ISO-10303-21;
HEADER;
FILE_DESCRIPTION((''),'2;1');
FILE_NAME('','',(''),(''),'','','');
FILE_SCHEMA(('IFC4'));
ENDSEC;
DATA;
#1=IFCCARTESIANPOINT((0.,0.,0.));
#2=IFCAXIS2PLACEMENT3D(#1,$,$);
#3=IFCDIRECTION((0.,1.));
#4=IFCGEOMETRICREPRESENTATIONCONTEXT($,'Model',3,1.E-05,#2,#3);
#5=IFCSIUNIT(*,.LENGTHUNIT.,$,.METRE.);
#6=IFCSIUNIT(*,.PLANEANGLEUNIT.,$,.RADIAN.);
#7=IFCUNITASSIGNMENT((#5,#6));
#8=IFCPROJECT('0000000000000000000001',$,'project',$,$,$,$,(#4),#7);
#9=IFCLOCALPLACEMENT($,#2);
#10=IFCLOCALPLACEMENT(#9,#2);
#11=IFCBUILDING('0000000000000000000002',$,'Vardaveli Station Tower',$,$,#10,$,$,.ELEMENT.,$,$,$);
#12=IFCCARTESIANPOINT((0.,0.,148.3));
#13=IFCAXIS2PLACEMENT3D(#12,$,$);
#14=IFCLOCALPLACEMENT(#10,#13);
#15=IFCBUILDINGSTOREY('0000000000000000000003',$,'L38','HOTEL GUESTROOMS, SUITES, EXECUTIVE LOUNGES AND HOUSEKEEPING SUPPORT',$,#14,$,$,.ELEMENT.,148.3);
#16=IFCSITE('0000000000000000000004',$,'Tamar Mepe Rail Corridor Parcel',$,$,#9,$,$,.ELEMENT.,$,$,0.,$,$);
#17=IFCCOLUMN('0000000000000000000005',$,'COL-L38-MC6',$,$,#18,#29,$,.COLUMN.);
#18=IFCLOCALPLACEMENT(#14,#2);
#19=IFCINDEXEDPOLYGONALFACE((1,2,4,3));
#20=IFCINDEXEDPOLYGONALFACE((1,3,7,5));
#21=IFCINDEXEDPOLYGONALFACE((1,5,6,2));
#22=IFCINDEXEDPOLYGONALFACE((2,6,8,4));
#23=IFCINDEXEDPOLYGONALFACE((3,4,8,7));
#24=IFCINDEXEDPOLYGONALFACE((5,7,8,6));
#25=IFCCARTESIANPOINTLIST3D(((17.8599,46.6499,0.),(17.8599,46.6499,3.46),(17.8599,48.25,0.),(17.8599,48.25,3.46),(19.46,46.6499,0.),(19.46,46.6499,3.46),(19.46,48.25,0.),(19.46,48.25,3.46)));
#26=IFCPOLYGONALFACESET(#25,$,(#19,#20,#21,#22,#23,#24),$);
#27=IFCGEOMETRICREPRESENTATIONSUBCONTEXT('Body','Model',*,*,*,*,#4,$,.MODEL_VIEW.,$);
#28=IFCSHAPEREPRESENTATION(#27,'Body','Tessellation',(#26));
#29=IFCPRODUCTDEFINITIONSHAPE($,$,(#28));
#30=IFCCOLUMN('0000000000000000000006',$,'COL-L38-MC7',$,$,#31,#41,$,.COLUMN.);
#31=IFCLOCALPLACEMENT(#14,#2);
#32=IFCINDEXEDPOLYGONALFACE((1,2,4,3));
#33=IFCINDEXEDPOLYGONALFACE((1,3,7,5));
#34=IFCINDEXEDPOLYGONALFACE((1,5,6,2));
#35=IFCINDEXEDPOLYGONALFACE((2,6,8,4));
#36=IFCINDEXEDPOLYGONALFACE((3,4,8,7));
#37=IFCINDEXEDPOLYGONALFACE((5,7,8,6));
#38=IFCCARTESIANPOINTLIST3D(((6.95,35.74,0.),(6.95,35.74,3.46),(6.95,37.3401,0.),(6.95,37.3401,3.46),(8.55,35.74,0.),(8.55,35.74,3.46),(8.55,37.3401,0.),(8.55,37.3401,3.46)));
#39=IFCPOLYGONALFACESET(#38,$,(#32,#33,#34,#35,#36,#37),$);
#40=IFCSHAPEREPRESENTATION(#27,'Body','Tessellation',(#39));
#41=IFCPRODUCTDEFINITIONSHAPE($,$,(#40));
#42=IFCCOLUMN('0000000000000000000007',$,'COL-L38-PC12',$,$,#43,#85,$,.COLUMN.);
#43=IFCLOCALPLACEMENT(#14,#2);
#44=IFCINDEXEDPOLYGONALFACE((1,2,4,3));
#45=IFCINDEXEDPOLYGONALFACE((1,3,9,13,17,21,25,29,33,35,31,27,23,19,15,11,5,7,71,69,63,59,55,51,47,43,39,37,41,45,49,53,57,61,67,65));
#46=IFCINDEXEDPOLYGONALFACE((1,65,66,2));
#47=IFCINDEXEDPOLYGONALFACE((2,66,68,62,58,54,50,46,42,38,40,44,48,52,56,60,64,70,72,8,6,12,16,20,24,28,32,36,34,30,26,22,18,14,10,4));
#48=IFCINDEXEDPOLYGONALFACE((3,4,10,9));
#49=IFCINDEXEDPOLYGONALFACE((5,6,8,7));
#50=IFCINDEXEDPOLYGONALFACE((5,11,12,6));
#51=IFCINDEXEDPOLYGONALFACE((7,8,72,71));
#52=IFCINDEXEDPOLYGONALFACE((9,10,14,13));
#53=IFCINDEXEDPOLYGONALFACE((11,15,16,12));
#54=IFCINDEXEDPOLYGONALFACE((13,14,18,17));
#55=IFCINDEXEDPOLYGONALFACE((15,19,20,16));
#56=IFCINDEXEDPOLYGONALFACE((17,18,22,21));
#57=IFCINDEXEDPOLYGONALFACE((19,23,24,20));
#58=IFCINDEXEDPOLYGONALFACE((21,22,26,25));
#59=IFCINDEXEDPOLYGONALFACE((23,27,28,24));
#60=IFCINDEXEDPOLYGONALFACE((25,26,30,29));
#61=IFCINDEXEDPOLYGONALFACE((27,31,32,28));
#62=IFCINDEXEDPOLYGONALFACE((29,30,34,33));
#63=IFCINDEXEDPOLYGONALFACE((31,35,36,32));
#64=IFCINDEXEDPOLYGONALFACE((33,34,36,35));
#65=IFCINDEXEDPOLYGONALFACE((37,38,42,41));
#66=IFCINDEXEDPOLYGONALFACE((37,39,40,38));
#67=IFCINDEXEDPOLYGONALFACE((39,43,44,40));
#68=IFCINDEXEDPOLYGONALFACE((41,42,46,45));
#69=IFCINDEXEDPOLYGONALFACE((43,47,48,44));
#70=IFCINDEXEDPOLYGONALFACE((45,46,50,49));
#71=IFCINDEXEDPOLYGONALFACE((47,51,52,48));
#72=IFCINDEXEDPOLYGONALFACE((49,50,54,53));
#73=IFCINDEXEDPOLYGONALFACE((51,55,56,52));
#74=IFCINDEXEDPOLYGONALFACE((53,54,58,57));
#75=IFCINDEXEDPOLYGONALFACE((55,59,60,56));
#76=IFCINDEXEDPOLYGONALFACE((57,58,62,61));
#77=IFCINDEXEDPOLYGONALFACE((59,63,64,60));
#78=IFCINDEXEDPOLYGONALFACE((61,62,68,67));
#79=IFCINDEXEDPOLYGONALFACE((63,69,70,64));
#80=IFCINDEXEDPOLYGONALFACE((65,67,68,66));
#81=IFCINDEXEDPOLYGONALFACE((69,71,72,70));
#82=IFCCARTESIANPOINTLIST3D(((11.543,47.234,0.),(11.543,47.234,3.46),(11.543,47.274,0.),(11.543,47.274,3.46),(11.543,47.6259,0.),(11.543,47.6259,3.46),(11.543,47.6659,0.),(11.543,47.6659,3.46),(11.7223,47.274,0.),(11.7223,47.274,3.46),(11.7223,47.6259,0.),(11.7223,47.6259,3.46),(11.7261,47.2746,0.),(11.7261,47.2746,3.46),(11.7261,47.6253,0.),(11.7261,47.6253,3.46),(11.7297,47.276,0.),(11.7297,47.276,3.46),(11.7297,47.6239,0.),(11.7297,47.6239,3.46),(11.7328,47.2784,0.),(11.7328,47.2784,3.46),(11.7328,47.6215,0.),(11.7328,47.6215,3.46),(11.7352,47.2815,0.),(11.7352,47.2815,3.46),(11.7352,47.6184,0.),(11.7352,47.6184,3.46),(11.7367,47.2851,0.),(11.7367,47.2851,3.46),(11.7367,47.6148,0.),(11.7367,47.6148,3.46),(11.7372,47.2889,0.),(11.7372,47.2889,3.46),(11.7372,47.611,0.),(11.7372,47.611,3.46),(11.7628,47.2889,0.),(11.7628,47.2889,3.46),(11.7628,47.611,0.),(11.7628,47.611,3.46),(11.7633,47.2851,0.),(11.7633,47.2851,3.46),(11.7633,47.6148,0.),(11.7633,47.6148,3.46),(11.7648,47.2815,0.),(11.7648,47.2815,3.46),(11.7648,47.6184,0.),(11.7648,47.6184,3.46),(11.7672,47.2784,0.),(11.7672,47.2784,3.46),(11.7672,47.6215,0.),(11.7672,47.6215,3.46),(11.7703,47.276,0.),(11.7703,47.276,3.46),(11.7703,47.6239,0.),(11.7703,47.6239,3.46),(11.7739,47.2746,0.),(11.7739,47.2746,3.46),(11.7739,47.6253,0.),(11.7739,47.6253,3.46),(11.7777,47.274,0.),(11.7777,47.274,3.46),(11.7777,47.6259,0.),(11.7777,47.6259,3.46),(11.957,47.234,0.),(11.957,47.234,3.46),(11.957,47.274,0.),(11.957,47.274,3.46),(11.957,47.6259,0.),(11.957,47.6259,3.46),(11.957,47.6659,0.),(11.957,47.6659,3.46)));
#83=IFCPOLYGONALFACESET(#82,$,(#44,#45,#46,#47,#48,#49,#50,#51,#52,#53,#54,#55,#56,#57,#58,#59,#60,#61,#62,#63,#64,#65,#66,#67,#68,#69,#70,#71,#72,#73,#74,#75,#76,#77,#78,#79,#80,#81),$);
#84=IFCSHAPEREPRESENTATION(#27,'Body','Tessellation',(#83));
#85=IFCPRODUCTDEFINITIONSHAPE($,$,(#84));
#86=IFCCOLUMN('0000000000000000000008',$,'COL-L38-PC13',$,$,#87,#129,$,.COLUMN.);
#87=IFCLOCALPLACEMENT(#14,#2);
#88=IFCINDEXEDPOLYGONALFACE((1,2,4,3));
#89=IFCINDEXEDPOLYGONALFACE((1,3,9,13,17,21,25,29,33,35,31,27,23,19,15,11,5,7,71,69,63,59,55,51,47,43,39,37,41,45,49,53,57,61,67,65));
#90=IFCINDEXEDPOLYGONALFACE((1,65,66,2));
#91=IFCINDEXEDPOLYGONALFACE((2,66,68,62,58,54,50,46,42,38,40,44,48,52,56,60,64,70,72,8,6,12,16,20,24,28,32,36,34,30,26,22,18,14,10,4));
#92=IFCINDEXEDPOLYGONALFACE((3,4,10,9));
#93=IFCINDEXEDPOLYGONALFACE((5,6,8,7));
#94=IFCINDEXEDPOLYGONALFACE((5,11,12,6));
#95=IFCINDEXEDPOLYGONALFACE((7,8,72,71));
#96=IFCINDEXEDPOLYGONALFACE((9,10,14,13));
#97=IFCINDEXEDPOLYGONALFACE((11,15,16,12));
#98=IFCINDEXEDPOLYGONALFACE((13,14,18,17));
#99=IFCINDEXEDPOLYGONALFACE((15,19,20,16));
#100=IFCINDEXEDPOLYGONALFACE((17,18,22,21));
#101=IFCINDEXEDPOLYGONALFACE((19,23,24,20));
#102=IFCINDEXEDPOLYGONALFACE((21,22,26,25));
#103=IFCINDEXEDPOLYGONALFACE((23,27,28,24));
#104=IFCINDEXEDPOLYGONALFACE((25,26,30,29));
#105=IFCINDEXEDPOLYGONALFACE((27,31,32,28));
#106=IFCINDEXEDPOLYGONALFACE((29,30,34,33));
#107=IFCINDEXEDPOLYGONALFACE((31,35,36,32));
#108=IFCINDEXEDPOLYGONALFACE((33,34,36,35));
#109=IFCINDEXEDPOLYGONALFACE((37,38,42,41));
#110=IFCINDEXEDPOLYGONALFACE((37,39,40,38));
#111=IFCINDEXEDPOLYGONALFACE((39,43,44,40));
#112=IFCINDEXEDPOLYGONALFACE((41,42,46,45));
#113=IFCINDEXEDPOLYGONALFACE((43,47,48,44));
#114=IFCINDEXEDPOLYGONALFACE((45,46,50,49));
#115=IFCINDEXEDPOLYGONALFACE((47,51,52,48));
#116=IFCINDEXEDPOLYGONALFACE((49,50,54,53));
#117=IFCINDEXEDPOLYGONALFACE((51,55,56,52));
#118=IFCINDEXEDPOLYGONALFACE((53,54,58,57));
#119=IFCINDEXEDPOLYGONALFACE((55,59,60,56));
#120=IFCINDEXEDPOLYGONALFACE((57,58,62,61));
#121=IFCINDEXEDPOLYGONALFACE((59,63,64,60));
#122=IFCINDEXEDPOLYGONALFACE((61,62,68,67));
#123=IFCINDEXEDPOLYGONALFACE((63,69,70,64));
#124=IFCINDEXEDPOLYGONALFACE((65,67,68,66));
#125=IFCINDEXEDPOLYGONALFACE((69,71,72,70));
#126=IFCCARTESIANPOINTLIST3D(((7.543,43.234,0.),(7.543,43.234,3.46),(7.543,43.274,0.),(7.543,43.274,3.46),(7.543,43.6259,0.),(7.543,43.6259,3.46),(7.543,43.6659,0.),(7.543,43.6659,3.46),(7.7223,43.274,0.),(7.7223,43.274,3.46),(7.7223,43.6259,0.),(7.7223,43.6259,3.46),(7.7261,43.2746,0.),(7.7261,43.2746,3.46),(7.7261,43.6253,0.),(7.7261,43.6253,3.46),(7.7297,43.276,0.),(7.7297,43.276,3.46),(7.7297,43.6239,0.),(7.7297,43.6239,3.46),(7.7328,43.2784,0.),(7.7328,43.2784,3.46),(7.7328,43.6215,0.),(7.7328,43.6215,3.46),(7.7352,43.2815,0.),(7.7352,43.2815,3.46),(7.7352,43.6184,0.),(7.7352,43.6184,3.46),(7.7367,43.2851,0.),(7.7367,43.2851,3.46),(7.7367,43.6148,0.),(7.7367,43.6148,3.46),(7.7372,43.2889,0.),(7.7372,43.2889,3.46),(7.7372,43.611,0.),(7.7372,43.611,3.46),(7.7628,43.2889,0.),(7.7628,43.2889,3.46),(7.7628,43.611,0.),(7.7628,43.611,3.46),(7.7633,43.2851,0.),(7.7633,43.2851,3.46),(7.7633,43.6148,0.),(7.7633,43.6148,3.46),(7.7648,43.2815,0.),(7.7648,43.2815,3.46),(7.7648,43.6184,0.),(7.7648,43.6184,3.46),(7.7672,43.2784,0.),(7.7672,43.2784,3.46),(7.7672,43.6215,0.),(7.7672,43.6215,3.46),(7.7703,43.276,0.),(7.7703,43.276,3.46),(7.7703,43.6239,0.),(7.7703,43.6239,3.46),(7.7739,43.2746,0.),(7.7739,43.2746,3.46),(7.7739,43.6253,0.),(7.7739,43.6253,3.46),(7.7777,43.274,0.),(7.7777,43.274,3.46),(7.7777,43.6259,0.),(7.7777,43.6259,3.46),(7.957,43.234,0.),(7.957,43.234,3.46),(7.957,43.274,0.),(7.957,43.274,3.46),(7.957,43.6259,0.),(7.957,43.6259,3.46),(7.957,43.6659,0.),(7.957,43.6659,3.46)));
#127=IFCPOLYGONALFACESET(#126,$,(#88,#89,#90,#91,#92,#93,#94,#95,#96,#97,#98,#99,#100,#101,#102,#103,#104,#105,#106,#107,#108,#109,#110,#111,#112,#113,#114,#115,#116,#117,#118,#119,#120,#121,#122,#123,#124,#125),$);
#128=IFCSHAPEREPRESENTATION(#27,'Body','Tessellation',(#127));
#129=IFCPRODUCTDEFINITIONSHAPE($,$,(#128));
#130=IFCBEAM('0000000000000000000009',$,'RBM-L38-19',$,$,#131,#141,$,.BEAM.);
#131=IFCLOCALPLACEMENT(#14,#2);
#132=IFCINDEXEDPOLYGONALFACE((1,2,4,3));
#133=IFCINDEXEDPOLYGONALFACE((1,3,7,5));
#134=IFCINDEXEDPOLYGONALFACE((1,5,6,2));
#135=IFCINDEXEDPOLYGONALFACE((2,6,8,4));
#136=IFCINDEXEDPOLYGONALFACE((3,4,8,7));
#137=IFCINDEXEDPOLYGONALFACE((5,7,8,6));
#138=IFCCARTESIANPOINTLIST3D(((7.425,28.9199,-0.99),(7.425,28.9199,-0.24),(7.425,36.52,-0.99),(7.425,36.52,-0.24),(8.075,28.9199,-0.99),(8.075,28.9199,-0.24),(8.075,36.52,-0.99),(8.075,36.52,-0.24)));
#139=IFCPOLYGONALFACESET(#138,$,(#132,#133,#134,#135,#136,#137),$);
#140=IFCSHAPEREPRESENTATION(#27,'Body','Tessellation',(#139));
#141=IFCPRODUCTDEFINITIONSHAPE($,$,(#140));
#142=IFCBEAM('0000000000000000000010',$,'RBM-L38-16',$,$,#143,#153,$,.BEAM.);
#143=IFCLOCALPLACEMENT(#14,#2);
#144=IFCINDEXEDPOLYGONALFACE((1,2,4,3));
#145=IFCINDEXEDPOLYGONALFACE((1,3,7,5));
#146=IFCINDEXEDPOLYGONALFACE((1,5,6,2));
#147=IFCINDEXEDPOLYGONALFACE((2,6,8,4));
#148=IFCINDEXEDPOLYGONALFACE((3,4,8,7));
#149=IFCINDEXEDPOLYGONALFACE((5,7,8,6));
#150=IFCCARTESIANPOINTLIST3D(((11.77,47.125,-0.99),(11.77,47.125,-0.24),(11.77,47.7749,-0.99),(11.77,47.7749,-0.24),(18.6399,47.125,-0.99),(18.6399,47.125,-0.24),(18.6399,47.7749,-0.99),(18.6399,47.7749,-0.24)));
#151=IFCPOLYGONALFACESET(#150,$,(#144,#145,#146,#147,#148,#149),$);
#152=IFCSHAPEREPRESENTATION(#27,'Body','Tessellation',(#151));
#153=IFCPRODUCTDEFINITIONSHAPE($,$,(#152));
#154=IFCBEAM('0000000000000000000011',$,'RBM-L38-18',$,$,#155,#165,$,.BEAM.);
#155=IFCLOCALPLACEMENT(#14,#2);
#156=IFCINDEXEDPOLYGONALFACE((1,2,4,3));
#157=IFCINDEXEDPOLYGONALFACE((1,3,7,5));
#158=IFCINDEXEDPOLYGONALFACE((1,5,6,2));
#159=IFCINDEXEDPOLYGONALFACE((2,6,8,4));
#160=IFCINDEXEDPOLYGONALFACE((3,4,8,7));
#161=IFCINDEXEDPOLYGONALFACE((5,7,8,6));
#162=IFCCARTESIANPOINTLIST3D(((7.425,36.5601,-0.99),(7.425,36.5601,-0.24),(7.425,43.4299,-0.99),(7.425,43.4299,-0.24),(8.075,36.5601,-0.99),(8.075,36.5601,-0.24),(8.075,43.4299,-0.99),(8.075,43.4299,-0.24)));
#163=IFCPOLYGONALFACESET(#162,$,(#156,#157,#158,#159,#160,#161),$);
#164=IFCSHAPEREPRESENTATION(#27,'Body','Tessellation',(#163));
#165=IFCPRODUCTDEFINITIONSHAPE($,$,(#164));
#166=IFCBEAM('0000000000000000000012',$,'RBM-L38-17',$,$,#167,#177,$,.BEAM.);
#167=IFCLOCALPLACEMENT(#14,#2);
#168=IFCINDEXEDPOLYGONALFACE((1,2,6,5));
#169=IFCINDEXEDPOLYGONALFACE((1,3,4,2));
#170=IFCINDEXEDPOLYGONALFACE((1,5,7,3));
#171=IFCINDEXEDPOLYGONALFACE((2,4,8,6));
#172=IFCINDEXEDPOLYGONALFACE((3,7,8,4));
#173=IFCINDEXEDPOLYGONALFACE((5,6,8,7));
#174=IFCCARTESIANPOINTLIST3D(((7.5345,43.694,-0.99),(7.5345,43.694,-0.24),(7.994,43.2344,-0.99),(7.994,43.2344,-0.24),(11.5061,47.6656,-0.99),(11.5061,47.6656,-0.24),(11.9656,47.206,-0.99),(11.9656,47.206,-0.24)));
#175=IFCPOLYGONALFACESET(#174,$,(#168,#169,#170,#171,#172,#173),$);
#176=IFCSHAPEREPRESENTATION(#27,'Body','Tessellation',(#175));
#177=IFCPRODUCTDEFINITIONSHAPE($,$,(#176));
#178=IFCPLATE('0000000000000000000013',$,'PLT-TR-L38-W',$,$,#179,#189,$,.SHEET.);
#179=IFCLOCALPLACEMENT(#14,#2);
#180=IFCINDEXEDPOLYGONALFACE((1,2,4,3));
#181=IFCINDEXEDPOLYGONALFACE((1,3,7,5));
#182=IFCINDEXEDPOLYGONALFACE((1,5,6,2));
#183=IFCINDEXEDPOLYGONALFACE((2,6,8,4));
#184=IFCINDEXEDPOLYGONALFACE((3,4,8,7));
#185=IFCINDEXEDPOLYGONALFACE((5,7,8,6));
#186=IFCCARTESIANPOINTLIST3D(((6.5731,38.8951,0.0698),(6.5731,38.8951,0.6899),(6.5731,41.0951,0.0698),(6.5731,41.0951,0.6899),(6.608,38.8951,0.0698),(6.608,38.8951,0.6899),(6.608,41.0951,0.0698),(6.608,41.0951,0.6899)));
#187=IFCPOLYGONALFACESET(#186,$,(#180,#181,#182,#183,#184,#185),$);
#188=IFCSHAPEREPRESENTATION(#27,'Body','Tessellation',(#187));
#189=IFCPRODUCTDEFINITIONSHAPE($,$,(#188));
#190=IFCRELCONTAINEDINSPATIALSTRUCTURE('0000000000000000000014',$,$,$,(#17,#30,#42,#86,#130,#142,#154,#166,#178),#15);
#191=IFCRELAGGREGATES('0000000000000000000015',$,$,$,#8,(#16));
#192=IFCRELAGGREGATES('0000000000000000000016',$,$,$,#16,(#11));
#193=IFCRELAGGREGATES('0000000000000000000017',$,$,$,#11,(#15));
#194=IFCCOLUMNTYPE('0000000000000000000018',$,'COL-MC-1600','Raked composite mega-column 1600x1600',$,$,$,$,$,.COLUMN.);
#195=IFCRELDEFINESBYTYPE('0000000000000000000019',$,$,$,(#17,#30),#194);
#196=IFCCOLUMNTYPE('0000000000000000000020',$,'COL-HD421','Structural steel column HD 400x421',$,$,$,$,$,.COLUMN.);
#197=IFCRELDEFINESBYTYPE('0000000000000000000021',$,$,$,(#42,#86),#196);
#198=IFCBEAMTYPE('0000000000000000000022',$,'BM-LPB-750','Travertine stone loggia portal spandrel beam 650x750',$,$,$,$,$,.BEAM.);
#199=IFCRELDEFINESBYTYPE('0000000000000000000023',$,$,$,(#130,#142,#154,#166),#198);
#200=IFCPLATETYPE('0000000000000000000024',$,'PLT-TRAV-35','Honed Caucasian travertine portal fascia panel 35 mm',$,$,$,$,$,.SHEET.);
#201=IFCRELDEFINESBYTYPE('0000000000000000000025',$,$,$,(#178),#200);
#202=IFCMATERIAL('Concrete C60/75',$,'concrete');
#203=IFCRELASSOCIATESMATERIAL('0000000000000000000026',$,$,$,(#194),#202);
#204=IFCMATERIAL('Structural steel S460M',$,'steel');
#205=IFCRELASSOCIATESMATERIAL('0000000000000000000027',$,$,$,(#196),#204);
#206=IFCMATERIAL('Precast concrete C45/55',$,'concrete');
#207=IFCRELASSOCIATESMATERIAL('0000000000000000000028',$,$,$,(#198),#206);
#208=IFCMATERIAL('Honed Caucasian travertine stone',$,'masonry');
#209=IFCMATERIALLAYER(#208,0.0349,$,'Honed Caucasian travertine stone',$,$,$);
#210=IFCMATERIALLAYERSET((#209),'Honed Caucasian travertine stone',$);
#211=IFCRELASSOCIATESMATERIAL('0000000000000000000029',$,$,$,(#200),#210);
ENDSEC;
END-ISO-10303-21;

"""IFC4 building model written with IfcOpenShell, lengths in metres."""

from ifc_helpers import new_model, si_unit, direction, frame, origin, origin_2d, place, context, subcontext, project, spatial, rectangle, i_section, extrude, source, transform, mapped, material, layer, layer_set, material_profile, profile_set, type_object, element, save


model = new_model("IFC4")

# Units and contexts
model_context = context("Model", 3, precision=1e-05, world=origin(), true_north=direction((0.0, 1.0)))
body_context = subcontext(model_context, "Body", "Model", "MODEL_VIEW")
ifc_project = project(units=[si_unit("LENGTHUNIT", "METRE"), si_unit("PLANEANGLEUNIT", "RADIAN")], contexts=[model_context])

# Site, building, storey
site_placement = place(None, origin())
site = spatial("IfcSite", under=ifc_project, at=site_placement, Name="Tamar Mepe Rail Corridor Parcel", CompositionType="ELEMENT", RefElevation=0.0)
building_placement = place(site_placement, origin())
building = spatial("IfcBuilding", under=site, at=building_placement, Name="Vardaveli Station Tower", CompositionType="ELEMENT")
storey_placement = place(building_placement, frame((0.0, 0.0, 148.3)))
storey = spatial("IfcBuildingStorey", under=building, at=storey_placement, Name="L38", Description="HOTEL GUESTROOMS, SUITES, EXECUTIVE LOUNGES AND HOUSEKEEPING SUPPORT", CompositionType="ELEMENT", Elevation=148.3)

# Columns
ifc_material_1 = material(Name="Concrete C60/75", Category="concrete")
ifc_material_profile_1 = material_profile(ifc_material_1, rectangle(XDim=1.6001, YDim=1.6001, at=origin_2d()), Name="MC 1600x1600")
ifc_profile_set_1 = profile_set([ifc_material_profile_1], Name="Concrete C60/75")
column_type_1 = type_object("IfcColumnType", Name="COL-MC-1600", Description="Raked composite mega-column 1600x1600", PredefinedType="COLUMN", material=ifc_profile_set_1)
shared_shape_1 = source(origin(), body_context, "Body", "SweptSolid", [
    extrude(rectangle(XDim=1.6001, YDim=1.6001, at=origin_2d()), origin(), (0.0, 0.0, 1.0), 3.46),
])
for number, where, z_axis, x_axis, name in (
    (1, (18.6599, 47.45, 0.0), (0.0, 0.0, 1.0), (1.0, 0.0, 0.0), "COL-L38-MC6"),
    (2, (7.75, 36.54, 0.0), (0.0, 0.0, 1.0), (1.0, 0.0, 0.0), "COL-L38-MC7"),
):
    element("IfcColumn", number, at=place(storey_placement, frame(where, z_axis=z_axis, x_axis=x_axis)), inside=storey, type_object=column_type_1, Name=name, PredefinedType="COLUMN", context=body_context, shape_type="MappedRepresentation", body=[
        mapped(shared_shape_1, transform((0.0, 0.0, 0.0), scale=1.0)),
    ])
ifc_material_2 = material(Name="Structural steel S460M", Category="steel")
ifc_material_profile_2 = material_profile(ifc_material_2, i_section(OverallWidth=0.4141, OverallDepth=0.4319, WebThickness=0.0256, FlangeThickness=0.04, FilletRadius=0.0149, at=origin_2d()), Name="HD 400x421")
ifc_profile_set_2 = profile_set([ifc_material_profile_2], Name="Structural steel S460M")
column_type_2 = type_object("IfcColumnType", Name="COL-HD421", Description="Structural steel column HD 400x421", PredefinedType="COLUMN", material=ifc_profile_set_2)
shared_shape_2 = source(origin(), body_context, "Body", "SweptSolid", [
    extrude(i_section(OverallWidth=0.4141, OverallDepth=0.4319, WebThickness=0.0256, FlangeThickness=0.04, FilletRadius=0.0149, at=origin_2d()), origin(), (0.0, 0.0, 1.0), 3.46),
])
for number, where, z_axis, x_axis, name in (
    (3, (11.75, 47.45, 0.0), (0.0, 0.0, 1.0), (1.0, 0.0, 0.0), "COL-L38-PC12"),
    (4, (7.75, 43.45, 0.0), (0.0, 0.0, 1.0), (1.0, 0.0, 0.0), "COL-L38-PC13"),
):
    element("IfcColumn", number, at=place(storey_placement, frame(where, z_axis=z_axis, x_axis=x_axis)), inside=storey, type_object=column_type_2, Name=name, PredefinedType="COLUMN", context=body_context, shape_type="MappedRepresentation", body=[
        mapped(shared_shape_2, transform((0.0, 0.0, 0.0), scale=1.0)),
    ])

# Beams
ifc_material_3 = material(Name="Precast concrete C45/55", Category="concrete")
ifc_material_profile_3 = material_profile(ifc_material_3, rectangle(XDim=0.6499, YDim=0.75, at=origin_2d()), Name="LPB 650x750")
ifc_profile_set_3 = profile_set([ifc_material_profile_3], Name="Precast concrete C45/55")
beam_type = type_object("IfcBeamType", Name="BM-LPB-750", Description="Travertine stone loggia portal spandrel beam 650x750", PredefinedType="BEAM", material=ifc_profile_set_3)
shared_shape_3 = source(origin(), body_context, "Body", "SweptSolid", [
    extrude(rectangle(XDim=0.6499, YDim=0.75, at=origin_2d()), origin(), (0.0, 0.0, 1.0), 7.6001),
])
beam_1_placement = place(storey_placement, frame((7.75, 36.52, -0.615), z_axis=(0.0, -1.0, 0.0), x_axis=(1.0, 0.0, 0.0)))
element("IfcBeam", 5, at=beam_1_placement, inside=storey, type_object=beam_type, Name="RBM-L38-19", PredefinedType="BEAM", context=body_context, shape_type="MappedRepresentation", body=[
    mapped(shared_shape_3, transform((0.0, 0.0, 0.0), scale=1.0)),
])
shared_shape_4 = source(origin(), body_context, "Body", "SweptSolid", [
    extrude(rectangle(XDim=0.6499, YDim=0.75, at=origin_2d()), origin(), (0.0, 0.0, 1.0), 6.8699),
])
for number, where, z_axis, x_axis, name in (
    (6, (18.6399, 47.45, -0.615), (-1.0, 0.0, 0.0), (0.0, -1.0, 0.0), "RBM-L38-16"),
    (7, (7.75, 43.4299, -0.615), (0.0, -1.0, 0.0), (1.0, 0.0, 0.0), "RBM-L38-18"),
):
    element("IfcBeam", number, at=place(storey_placement, frame(where, z_axis=z_axis, x_axis=x_axis)), inside=storey, type_object=beam_type, Name=name, PredefinedType="BEAM", context=body_context, shape_type="MappedRepresentation", body=[
        mapped(shared_shape_4, transform((0.0, 0.0, 0.0), scale=1.0)),
    ])
shared_shape_5 = source(origin(), body_context, "Body", "SweptSolid", [
    extrude(rectangle(XDim=0.6499, YDim=0.75, at=origin_2d()), origin(), (0.0, 0.0, 1.0), 5.6167),
])
beam_2_placement = place(storey_placement, frame((11.7358, 47.4358, -0.615), z_axis=(-0.707107, -0.707107, 0.0), x_axis=(0.707107, -0.707107, 0.0)))
element("IfcBeam", 8, at=beam_2_placement, inside=storey, type_object=beam_type, Name="RBM-L38-17", PredefinedType="BEAM", context=body_context, shape_type="MappedRepresentation", body=[
    mapped(shared_shape_5, transform((0.0, 0.0, 0.0), scale=1.0)),
])

# Plate
ifc_material_4 = material(Name="Honed Caucasian travertine stone", Category="masonry")
ifc_layer_1 = layer(ifc_material_4, 0.0349, Name="Honed Caucasian travertine stone")
ifc_layer_set_1 = layer_set([ifc_layer_1], Name="Honed Caucasian travertine stone")
plate_type = type_object("IfcPlateType", Name="PLT-TRAV-35", Description="Honed Caucasian travertine portal fascia panel 35 mm", PredefinedType="SHEET", material=ifc_layer_set_1)
shared_shape_6 = source(origin(), body_context, "Body", "SweptSolid", [
    extrude(rectangle(XDim=2.2, YDim=0.0349, at=origin_2d()), origin(), (0.0, 0.0, 1.0), 0.6201),
])
plate_placement = place(storey_placement, frame((6.5906, 39.9951, 0.0698), z_axis=(0.0, 0.0, 1.0), x_axis=(0.0, 1.0, 0.0)))
element("IfcPlate", 9, at=plate_placement, inside=storey, type_object=plate_type, Name="PLT-TR-L38-W", PredefinedType="SHEET", context=body_context, shape_type="MappedRepresentation", body=[
    mapped(shared_shape_6, transform((0.0, 0.0, 0.0), scale=1.0)),
])

save(model, "model.ifc")
